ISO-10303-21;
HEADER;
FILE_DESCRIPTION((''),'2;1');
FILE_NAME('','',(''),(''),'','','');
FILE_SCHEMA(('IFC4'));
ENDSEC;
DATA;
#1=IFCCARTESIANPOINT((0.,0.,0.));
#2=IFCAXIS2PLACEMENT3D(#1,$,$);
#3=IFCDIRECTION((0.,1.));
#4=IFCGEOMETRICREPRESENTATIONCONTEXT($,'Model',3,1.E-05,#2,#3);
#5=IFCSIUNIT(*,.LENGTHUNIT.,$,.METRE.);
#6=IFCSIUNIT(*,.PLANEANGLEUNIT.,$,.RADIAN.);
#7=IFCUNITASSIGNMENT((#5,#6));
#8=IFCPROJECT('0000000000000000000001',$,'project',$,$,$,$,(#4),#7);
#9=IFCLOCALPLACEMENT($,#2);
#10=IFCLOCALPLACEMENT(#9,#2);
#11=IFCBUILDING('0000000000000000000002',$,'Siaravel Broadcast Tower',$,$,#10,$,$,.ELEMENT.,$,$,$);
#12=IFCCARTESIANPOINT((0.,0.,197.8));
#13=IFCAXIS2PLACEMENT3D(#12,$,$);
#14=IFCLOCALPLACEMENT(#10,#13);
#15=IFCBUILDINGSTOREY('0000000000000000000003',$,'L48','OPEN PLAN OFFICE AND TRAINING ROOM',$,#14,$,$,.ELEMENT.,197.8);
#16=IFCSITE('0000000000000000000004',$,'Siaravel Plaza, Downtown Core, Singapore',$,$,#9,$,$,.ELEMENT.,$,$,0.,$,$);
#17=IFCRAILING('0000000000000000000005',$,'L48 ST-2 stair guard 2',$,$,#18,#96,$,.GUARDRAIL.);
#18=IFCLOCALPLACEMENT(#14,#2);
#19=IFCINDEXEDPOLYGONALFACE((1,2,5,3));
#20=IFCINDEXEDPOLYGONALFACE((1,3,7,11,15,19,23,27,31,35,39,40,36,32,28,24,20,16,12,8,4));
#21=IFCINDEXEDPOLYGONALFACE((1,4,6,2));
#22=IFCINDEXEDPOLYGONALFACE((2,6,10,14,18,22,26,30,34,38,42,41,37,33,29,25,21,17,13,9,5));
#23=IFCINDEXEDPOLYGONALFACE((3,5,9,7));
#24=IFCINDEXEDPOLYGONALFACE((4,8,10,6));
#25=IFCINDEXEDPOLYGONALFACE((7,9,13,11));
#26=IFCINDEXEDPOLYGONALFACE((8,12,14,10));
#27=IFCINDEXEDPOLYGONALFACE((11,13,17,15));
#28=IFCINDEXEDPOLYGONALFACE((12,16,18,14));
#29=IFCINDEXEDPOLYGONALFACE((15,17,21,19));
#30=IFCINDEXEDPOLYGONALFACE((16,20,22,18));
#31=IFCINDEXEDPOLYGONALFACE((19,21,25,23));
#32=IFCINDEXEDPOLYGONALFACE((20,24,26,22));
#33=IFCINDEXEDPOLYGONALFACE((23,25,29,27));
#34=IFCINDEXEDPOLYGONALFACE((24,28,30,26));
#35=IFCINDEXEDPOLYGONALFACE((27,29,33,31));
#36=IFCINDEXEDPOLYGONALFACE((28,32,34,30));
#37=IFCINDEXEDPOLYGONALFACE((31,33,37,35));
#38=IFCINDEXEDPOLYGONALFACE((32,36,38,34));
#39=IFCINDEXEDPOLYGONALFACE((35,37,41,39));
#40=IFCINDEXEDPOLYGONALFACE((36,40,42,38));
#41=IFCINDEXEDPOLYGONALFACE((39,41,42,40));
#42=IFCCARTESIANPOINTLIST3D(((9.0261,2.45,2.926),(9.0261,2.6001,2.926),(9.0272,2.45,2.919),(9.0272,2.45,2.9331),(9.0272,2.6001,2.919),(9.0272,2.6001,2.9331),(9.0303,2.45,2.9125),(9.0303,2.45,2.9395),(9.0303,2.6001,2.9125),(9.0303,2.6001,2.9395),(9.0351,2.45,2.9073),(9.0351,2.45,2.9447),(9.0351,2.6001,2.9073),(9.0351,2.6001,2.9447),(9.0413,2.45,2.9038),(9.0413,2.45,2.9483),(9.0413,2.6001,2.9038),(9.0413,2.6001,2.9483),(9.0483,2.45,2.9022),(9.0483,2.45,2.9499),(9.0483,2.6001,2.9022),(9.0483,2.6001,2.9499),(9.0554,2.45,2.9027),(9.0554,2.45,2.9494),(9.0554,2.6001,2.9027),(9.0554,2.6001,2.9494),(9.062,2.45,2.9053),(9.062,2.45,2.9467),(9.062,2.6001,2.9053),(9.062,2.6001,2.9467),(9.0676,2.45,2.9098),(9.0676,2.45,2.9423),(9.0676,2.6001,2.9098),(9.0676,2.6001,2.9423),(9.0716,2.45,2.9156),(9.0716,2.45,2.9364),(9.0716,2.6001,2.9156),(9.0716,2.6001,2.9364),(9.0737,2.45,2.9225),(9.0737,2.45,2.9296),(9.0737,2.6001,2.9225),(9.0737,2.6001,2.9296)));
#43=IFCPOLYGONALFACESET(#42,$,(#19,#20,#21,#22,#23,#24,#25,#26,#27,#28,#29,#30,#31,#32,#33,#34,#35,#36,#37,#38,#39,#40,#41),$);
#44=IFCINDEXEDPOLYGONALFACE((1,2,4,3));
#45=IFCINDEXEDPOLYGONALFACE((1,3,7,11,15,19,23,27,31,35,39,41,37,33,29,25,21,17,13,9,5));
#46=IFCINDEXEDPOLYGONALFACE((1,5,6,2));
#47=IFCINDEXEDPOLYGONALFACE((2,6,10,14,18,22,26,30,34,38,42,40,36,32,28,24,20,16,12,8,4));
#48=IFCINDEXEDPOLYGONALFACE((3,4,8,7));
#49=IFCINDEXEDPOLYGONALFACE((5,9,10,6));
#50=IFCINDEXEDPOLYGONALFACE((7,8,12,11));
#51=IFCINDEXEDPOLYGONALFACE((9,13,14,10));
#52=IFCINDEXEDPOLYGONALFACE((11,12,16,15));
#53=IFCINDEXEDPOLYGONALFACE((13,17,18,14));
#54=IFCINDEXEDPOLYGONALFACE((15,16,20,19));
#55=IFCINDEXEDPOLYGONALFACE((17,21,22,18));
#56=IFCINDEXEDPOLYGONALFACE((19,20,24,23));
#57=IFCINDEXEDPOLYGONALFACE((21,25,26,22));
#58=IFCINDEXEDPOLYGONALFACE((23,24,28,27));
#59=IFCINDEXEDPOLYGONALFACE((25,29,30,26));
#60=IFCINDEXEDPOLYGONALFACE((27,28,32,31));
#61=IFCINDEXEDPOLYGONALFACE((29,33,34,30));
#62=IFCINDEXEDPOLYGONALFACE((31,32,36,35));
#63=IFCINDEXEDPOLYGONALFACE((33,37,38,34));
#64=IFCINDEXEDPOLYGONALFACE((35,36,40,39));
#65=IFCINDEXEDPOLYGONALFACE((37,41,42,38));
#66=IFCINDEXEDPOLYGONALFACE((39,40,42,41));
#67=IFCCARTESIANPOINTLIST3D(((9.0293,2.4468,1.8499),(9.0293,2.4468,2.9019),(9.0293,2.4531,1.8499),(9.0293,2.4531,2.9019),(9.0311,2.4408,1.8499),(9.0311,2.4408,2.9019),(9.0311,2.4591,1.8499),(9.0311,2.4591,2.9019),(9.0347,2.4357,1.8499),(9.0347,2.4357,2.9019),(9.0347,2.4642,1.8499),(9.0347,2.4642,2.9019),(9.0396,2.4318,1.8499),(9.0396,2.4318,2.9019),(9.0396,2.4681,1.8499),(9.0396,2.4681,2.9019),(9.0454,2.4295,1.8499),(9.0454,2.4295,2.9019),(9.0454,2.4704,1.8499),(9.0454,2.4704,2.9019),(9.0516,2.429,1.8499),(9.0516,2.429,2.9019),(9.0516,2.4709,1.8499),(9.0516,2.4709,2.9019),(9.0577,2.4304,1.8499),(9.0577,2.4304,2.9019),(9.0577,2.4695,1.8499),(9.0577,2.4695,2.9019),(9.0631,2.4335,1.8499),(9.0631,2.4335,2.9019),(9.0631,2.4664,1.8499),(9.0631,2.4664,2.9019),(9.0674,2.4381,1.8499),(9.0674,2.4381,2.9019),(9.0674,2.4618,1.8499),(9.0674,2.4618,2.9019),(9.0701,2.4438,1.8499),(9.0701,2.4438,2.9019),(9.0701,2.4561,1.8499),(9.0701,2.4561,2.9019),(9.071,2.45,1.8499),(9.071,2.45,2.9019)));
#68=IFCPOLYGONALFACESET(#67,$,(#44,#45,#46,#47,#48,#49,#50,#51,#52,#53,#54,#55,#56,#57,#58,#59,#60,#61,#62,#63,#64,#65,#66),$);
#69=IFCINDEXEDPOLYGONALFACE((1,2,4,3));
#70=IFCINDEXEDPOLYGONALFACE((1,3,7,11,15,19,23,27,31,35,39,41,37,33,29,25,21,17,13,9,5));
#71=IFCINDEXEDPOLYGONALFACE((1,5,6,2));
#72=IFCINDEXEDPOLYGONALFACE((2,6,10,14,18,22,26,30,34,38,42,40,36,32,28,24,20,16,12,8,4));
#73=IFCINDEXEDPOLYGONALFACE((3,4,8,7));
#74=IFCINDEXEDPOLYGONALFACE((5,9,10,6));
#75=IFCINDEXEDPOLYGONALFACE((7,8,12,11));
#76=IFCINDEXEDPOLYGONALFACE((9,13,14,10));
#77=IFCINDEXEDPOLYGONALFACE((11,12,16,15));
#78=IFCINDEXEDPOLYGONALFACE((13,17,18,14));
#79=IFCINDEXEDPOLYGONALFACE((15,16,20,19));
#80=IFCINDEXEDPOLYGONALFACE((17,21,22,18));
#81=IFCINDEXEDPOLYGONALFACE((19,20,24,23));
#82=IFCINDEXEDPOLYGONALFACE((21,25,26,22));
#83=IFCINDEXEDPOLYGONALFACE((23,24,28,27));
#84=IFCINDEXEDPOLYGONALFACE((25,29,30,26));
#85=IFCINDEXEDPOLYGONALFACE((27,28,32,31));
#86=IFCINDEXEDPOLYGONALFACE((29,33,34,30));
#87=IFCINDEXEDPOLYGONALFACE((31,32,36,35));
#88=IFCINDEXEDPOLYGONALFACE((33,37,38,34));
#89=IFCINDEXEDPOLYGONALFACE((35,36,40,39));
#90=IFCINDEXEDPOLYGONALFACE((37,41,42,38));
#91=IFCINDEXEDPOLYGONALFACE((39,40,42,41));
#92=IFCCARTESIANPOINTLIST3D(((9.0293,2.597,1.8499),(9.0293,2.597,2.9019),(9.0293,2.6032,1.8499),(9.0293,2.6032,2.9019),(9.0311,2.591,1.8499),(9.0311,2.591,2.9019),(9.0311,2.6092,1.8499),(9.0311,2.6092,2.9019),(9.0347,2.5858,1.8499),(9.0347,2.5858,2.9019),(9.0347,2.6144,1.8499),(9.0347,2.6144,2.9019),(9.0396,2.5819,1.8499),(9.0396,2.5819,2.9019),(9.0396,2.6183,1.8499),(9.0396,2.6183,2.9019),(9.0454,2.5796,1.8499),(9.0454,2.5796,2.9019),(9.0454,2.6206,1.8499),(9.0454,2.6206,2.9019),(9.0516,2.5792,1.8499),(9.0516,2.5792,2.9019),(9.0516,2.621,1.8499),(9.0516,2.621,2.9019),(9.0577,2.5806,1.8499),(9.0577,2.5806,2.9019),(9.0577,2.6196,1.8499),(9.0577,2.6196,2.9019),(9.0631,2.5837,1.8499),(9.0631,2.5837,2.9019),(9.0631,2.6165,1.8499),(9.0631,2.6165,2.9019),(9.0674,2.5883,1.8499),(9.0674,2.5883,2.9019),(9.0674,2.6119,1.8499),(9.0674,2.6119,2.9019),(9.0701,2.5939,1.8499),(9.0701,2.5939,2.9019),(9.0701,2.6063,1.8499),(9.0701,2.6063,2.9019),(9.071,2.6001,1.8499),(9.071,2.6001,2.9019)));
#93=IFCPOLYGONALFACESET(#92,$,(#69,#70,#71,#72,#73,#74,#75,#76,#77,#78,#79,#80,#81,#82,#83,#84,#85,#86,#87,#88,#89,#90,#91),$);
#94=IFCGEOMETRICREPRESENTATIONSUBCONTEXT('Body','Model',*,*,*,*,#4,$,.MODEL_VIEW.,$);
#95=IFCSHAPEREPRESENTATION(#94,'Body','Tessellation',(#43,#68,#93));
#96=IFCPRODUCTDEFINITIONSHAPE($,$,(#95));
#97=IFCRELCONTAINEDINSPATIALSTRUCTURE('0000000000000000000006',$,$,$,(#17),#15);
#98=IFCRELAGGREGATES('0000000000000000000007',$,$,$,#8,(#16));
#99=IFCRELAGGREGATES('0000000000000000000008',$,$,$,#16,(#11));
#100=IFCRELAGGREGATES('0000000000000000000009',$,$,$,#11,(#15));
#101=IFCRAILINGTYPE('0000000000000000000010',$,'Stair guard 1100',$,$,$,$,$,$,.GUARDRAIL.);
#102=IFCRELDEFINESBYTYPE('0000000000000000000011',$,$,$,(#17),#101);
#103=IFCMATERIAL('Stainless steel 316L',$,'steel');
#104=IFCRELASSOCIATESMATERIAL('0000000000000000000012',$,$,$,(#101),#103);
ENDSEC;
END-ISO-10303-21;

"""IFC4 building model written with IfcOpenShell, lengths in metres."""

from ifc_helpers import new_model, si_unit, direction, frame, origin, origin_2d, place, context, subcontext, project, spatial, circle, extrude, material, type_object, element, save


model = new_model("IFC4")

# Units and contexts
model_context = context("Model", 3, precision=1e-05, world=origin(), true_north=direction((0.0, 1.0)))
body_context = subcontext(model_context, "Body", "Model", "MODEL_VIEW")
ifc_project = project(units=[si_unit("LENGTHUNIT", "METRE"), si_unit("PLANEANGLEUNIT", "RADIAN")], contexts=[model_context])

# Site, building, storey
site_placement = place(None, origin())
site = spatial("IfcSite", under=ifc_project, at=site_placement, Name="Siaravel Plaza, Downtown Core, Singapore", CompositionType="ELEMENT", RefElevation=0.0)
building_placement = place(site_placement, origin())
building = spatial("IfcBuilding", under=site, at=building_placement, Name="Siaravel Broadcast Tower", CompositionType="ELEMENT")
storey_placement = place(building_placement, frame((0.0, 0.0, 197.8)))
storey = spatial("IfcBuildingStorey", under=building, at=storey_placement, Name="L48", Description="OPEN PLAN OFFICE AND TRAINING ROOM", CompositionType="ELEMENT", Elevation=197.8)

# Railing
ifc_material_1 = material(Name="Stainless steel 316L", Category="steel")
railing_type_1 = type_object("IfcRailingType", Name="Stair guard 1100", PredefinedType="GUARDRAIL", material=ifc_material_1)
railing_1_placement = place(storey_placement, frame((9.05, 2.45, 1.8499)))
element("IfcRailing", 1, at=railing_1_placement, inside=storey, type_object=railing_type_1, Name="L48 ST-2 stair guard 2", PredefinedType="GUARDRAIL", context=body_context, shape_type="SweptSolid", body=[
    extrude(circle(Radius=0.0239, at=origin_2d()), frame((0.0, 0.0, 1.0762), z_axis=(0.0, 1.0, 0.0), x_axis=(-1.0, 0.0, 0.0)), (0.0, 0.0, 1.0), 0.1501),
    extrude(circle(Radius=0.021, at=origin_2d()), origin(), (0.0, 0.0, 1.0), 1.052),
    extrude(circle(Radius=0.021, at=origin_2d()), frame((0.0, 0.1501, 0.0)), (0.0, 0.0, 1.0), 1.052),
])

save(model, "model.ifc")
